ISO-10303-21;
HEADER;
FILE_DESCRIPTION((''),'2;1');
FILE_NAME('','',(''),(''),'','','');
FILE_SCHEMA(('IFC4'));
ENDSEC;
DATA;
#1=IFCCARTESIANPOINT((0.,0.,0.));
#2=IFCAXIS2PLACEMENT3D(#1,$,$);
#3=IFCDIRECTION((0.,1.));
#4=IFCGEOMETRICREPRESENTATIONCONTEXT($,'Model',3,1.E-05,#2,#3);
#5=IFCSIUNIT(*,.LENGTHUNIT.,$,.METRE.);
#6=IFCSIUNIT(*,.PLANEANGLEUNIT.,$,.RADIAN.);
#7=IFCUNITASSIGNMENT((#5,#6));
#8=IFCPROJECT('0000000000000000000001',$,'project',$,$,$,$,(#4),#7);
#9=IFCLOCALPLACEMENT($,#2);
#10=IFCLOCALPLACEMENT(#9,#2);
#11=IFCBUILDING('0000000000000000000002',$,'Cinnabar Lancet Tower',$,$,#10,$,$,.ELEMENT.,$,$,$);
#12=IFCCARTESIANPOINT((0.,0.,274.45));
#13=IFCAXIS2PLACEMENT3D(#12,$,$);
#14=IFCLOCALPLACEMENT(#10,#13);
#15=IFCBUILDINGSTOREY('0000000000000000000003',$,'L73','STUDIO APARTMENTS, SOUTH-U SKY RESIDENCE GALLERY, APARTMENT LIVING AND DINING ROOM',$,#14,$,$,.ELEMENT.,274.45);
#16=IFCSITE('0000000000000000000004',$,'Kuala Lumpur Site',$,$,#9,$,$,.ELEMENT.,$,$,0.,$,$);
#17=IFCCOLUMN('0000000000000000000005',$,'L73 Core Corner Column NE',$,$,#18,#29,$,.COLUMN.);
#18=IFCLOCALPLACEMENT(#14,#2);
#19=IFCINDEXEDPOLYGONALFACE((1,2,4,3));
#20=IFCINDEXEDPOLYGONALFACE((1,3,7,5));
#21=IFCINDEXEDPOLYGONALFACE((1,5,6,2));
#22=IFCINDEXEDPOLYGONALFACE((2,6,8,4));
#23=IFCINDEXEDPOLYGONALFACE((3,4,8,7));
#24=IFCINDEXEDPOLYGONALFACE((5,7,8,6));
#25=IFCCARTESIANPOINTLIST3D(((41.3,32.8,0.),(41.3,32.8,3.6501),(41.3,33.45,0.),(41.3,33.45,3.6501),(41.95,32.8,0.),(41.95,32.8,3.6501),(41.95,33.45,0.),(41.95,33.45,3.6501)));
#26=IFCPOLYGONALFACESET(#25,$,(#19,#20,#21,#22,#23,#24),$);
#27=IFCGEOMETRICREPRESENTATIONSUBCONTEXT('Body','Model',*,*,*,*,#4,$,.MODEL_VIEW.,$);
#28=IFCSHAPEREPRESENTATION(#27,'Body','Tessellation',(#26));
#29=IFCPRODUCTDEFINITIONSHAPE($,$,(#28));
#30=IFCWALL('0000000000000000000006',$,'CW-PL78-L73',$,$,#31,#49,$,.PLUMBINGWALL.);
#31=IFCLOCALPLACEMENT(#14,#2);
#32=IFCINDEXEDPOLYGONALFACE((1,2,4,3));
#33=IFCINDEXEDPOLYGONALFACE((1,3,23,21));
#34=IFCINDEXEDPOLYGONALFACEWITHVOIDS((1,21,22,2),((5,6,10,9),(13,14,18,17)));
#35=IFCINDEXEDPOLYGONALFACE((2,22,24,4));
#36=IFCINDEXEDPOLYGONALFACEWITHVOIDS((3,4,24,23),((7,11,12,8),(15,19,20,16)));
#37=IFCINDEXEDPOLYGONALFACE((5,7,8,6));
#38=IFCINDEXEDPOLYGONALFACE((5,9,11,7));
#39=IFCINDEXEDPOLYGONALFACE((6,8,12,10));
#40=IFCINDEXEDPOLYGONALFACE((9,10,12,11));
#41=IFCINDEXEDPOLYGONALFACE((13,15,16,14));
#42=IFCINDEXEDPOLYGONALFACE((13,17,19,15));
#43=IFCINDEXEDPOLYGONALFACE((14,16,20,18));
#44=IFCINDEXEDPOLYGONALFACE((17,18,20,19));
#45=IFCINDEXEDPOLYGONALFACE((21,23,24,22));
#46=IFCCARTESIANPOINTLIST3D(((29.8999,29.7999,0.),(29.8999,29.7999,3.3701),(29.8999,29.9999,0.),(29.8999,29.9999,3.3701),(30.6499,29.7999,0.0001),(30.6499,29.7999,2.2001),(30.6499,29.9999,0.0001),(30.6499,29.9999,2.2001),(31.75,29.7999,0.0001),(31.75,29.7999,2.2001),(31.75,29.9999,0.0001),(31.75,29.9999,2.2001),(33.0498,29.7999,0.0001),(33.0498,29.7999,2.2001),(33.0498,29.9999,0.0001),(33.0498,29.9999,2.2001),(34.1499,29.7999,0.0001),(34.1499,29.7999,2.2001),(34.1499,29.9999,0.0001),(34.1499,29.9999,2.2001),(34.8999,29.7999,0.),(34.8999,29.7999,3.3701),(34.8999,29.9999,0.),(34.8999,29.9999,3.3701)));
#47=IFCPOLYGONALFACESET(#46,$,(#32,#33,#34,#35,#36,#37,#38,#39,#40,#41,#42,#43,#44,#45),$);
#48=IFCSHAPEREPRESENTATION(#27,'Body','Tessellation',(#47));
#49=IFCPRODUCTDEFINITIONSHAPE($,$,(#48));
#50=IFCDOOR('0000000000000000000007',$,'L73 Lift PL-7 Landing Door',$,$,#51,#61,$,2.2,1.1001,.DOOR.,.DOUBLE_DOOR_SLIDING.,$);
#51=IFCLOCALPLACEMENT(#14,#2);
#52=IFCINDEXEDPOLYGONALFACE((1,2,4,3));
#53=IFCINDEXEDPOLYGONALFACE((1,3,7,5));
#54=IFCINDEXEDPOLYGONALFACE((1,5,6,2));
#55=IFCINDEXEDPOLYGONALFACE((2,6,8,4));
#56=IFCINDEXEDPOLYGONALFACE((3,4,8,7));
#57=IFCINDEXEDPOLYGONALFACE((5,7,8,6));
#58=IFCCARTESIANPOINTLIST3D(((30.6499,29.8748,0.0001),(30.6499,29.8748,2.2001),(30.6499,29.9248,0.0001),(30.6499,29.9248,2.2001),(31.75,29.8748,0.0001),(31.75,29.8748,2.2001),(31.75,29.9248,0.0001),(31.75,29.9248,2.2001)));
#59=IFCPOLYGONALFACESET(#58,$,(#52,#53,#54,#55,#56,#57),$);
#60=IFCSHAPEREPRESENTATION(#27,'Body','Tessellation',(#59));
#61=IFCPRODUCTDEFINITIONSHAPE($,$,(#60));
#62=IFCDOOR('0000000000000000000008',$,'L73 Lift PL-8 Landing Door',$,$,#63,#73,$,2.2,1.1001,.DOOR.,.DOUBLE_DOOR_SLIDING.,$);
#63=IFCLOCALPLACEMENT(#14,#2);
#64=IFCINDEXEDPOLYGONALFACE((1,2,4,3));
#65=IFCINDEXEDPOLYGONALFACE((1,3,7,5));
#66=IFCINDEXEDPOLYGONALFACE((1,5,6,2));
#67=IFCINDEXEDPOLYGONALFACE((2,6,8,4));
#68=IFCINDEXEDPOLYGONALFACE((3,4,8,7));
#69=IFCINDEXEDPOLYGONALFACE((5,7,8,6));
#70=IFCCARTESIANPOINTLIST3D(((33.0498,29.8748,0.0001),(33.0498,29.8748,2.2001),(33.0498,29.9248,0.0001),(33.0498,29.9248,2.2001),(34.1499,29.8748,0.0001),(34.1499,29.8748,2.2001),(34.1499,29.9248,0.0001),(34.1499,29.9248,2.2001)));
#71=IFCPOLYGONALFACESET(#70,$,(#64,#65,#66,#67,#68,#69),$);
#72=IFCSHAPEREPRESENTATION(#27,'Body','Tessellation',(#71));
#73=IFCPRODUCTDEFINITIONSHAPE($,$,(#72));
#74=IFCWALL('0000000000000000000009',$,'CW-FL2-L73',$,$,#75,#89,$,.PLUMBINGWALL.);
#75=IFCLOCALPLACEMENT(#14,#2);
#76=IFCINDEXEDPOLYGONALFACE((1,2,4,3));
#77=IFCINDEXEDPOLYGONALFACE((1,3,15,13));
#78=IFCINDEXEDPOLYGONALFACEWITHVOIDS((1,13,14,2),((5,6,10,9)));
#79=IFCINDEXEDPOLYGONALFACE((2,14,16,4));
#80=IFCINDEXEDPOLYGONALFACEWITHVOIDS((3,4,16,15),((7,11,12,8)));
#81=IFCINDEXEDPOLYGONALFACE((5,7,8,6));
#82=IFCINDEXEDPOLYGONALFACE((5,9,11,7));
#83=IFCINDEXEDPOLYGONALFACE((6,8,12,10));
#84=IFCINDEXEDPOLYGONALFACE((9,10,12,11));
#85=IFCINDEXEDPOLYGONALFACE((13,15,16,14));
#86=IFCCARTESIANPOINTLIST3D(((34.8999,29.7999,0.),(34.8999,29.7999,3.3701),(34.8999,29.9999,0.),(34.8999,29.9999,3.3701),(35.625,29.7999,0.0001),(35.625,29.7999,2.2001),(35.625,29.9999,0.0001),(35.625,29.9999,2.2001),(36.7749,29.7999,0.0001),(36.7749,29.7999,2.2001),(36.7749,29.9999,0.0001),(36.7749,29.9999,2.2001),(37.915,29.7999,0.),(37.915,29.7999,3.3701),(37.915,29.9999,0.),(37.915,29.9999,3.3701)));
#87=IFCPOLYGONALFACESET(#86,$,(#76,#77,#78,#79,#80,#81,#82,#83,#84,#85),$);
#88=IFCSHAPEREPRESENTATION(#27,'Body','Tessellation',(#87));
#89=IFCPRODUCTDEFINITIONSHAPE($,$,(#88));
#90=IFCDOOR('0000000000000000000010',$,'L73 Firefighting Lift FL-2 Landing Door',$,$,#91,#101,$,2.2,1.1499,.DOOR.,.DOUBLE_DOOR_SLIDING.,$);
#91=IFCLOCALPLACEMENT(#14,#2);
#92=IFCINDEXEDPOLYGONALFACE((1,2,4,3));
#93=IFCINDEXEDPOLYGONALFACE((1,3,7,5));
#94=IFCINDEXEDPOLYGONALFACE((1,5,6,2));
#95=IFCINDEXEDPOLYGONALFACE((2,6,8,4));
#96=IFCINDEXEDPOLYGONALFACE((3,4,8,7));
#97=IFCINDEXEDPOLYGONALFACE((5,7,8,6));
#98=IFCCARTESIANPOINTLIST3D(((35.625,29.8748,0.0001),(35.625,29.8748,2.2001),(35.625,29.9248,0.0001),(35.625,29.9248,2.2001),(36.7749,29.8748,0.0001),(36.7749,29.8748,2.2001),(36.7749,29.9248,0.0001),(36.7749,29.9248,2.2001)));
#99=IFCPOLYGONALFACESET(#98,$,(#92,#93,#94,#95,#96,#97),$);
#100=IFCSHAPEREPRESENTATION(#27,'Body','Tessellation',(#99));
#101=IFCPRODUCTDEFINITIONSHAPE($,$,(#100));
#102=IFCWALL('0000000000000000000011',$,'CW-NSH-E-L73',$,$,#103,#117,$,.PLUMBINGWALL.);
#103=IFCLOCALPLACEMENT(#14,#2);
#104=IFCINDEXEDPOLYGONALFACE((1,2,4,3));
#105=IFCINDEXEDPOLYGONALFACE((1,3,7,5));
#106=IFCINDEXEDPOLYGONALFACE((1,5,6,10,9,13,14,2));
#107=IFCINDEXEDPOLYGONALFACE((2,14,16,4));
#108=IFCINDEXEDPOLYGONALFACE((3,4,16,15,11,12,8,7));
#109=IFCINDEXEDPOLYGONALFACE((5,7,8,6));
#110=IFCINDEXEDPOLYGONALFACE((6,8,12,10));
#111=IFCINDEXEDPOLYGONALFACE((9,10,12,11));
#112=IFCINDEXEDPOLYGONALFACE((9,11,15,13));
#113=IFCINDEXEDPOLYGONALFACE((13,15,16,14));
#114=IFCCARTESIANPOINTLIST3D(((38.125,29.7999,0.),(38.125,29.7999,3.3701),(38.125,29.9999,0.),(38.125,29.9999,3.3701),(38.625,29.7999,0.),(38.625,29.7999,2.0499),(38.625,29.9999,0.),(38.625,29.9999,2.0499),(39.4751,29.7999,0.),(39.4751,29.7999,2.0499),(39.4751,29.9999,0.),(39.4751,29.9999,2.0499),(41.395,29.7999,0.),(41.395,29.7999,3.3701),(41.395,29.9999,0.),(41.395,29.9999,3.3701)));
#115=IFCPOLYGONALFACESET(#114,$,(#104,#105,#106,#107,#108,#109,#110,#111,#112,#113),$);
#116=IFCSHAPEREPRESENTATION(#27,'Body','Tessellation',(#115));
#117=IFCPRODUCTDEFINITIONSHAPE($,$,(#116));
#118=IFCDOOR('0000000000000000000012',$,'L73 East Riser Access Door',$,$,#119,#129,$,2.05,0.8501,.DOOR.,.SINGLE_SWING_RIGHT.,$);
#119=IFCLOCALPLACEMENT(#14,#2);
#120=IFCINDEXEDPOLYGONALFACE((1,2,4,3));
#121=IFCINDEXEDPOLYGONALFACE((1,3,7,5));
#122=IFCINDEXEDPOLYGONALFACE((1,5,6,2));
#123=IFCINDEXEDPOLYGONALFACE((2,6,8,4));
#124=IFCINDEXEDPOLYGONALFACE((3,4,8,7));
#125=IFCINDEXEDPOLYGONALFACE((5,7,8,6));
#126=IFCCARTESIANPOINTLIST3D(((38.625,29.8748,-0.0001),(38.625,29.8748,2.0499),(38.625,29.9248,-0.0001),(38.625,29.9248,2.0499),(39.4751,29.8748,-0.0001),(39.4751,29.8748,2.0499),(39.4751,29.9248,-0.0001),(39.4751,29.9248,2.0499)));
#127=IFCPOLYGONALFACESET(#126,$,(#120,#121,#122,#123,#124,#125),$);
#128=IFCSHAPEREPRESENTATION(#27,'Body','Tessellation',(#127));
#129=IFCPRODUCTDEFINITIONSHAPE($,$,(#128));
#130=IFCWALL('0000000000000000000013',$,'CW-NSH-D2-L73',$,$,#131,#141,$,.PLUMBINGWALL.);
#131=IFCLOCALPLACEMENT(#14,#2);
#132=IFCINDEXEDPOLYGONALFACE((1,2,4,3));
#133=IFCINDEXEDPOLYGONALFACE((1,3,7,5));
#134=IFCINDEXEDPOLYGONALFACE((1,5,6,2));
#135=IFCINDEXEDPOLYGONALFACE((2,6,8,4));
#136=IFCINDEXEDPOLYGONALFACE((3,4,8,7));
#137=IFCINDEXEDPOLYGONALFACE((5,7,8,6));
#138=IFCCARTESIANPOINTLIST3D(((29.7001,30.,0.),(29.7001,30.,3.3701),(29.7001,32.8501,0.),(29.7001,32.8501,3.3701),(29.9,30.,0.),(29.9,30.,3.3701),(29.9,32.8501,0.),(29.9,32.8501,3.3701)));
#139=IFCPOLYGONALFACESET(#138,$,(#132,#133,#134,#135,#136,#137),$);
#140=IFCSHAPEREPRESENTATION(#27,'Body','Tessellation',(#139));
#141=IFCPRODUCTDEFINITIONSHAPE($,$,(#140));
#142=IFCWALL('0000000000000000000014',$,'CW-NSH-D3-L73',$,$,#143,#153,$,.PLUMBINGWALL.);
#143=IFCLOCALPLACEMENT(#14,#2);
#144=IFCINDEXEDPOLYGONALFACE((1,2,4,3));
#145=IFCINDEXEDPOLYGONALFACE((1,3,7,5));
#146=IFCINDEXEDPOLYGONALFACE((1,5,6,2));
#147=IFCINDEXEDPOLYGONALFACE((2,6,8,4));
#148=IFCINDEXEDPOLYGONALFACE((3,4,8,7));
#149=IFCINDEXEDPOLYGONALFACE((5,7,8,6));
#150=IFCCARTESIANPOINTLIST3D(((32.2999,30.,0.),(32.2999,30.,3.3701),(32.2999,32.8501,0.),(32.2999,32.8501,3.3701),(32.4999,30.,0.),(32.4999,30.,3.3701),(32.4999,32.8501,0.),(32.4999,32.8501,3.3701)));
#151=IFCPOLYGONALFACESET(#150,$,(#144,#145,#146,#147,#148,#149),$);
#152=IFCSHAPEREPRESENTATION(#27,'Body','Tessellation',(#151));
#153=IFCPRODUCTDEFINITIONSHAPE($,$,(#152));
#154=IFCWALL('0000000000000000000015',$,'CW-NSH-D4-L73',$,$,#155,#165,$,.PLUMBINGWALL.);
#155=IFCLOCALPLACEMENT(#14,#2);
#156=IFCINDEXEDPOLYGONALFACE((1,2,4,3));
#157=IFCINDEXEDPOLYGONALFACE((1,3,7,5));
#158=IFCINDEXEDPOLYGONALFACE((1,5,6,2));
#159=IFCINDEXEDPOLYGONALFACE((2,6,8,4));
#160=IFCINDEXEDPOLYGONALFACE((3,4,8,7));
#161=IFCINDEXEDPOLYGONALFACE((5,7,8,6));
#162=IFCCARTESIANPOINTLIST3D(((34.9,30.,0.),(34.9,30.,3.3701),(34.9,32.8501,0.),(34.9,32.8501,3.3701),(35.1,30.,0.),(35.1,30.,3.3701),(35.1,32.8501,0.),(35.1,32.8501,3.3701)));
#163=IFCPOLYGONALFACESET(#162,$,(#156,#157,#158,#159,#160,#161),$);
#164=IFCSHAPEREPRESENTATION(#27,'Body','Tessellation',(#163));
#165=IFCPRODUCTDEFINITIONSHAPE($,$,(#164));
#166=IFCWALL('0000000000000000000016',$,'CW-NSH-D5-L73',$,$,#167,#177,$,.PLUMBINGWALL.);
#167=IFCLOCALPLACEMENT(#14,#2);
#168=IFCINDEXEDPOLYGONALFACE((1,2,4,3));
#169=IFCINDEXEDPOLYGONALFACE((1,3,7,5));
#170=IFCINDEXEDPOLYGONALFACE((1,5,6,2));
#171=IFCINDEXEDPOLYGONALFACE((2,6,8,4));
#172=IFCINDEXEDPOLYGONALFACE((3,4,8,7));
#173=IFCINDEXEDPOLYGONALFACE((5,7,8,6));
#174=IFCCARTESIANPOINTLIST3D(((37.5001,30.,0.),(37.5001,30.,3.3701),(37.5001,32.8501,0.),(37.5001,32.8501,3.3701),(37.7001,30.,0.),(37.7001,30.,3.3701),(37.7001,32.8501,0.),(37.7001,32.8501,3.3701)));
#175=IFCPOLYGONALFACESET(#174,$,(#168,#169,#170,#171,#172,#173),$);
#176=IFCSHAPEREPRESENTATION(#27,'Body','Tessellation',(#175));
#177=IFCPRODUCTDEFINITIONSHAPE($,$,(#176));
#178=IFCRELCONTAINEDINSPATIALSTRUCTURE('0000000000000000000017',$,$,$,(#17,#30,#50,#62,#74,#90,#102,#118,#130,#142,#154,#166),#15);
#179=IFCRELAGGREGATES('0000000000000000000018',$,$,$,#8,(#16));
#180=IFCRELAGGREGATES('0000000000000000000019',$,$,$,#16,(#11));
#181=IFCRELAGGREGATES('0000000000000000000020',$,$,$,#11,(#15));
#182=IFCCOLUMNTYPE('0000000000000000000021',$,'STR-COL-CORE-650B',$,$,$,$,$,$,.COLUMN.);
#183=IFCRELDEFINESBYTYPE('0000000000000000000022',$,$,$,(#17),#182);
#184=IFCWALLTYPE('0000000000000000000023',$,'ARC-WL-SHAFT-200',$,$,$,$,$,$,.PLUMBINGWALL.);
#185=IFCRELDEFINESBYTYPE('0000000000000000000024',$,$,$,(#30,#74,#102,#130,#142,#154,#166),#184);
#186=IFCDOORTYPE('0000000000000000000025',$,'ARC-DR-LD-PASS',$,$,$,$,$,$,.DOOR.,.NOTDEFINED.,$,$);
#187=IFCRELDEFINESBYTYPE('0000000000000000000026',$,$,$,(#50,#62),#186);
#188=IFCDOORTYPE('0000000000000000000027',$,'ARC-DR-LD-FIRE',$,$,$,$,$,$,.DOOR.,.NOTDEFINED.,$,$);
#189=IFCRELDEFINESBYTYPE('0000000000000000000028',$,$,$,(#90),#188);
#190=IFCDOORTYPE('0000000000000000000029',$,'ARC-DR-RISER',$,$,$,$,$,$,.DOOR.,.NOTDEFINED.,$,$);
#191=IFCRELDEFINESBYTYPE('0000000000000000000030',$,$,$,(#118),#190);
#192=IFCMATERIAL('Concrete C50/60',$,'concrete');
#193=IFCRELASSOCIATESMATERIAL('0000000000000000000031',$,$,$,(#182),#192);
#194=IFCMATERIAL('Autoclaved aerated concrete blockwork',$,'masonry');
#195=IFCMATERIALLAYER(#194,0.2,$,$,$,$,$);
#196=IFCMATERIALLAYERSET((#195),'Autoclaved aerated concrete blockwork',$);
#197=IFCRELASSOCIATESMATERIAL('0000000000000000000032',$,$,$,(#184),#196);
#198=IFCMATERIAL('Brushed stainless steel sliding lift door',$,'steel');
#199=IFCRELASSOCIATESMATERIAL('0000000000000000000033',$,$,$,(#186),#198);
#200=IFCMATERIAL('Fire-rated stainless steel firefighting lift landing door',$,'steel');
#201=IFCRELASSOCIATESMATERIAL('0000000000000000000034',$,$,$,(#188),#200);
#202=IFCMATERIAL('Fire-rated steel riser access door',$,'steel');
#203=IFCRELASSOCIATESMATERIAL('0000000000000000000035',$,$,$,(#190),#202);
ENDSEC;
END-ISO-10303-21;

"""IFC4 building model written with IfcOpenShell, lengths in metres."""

from ifc_helpers import new_model, si_unit, direction, frame, frame_2d, origin, origin_2d, place, context, subcontext, project, spatial, rectangle, extrude, material, layer, layer_set, material_profile, profile_set, type_object, element, fill, save


model = new_model("IFC4")

# Units and contexts
model_context = context("Model", 3, precision=1e-05, world=origin(), true_north=direction((0.0, 1.0)))
body_context = subcontext(model_context, "Body", "Model", "MODEL_VIEW")
ifc_project = project(units=[si_unit("LENGTHUNIT", "METRE"), si_unit("PLANEANGLEUNIT", "RADIAN")], contexts=[model_context])

# Site, building, storey
site_placement = place(None, origin())
site = spatial("IfcSite", under=ifc_project, at=site_placement, Name="Kuala Lumpur Site", CompositionType="ELEMENT", RefElevation=0.0)
building_placement = place(site_placement, origin())
building = spatial("IfcBuilding", under=site, at=building_placement, Name="Cinnabar Lancet Tower", CompositionType="ELEMENT")
storey_placement = place(building_placement, frame((0.0, 0.0, 274.45)))
storey = spatial("IfcBuildingStorey", under=building, at=storey_placement, Name="L73", Description="STUDIO APARTMENTS, SOUTH-U SKY RESIDENCE GALLERY, APARTMENT LIVING AND DINING ROOM", CompositionType="ELEMENT", Elevation=274.45)

# Column
ifc_material_1 = material(Name="Concrete C50/60", Category="concrete")
ifc_material_profile = material_profile(ifc_material_1, rectangle(XDim=0.6499, YDim=0.6499, at=origin_2d()), Name="RC-COL 650x650")
ifc_profile_set = profile_set([ifc_material_profile], Name="Concrete C50/60")
column_type = type_object("IfcColumnType", Name="STR-COL-CORE-650B", PredefinedType="COLUMN", material=ifc_profile_set)
column_placement = place(storey_placement, frame((41.625, 33.125, 0.0), z_axis=(0.0, 0.0, 1.0), x_axis=(1.0, 0.0, 0.0)))
element("IfcColumn", 1, at=column_placement, inside=storey, type_object=column_type, Name="L73 Core Corner Column NE", PredefinedType="COLUMN", context=body_context, shape_type="SweptSolid", body=[
    extrude(rectangle(XDim=0.6499, YDim=0.6499, at=origin_2d()), origin(), (0.0, 0.0, 1.0), 3.6501),
])

# Wall, openings, doors
ifc_material_2 = material(Name="Autoclaved aerated concrete blockwork", Category="masonry")
ifc_layer = layer(ifc_material_2, 0.2)
ifc_layer_set = layer_set([ifc_layer], Name="Autoclaved aerated concrete blockwork")
wall_type = type_object("IfcWallType", Name="ARC-WL-SHAFT-200", PredefinedType="PLUMBINGWALL", material=ifc_layer_set)
wall_1_placement = place(storey_placement, frame((29.8999, 29.8999, 0.0), z_axis=(0.0, 0.0, 1.0), x_axis=(1.0, 0.0, 0.0)))
wall_1 = element("IfcWall", 2, at=wall_1_placement, inside=storey, type_object=wall_type, Name="CW-PL78-L73", PredefinedType="PLUMBINGWALL", context=body_context, shape_type="SweptSolid", body=[
    extrude(rectangle(XDim=5.0, YDim=0.2, at=frame_2d((2.5, 0.0))), origin(), (0.0, 0.0, 1.0), 3.3701),
])
opening_1_placement = place(wall_1_placement, frame((0.75, 0.0, 0.0)))
opening_1 = element("IfcOpeningElement", 3, at=opening_1_placement, cuts=wall_1, PredefinedType="OPENING", context=body_context, shape_type="SweptSolid", body=[
    extrude(rectangle(XDim=1.1001, YDim=2.2, at=frame_2d((0.55, 1.1001))), frame((0.0, 0.1099, 0.0), z_axis=(0.0, -1.0, 0.0), x_axis=(1.0, 0.0, 0.0)), (0.0, 0.0, 1.0), 0.22),
])
opening_2_placement = place(wall_1_placement, frame((3.1499, 0.0, 0.0)))
opening_2 = element("IfcOpeningElement", 4, at=opening_2_placement, cuts=wall_1, PredefinedType="OPENING", context=body_context, shape_type="SweptSolid", body=[
    extrude(rectangle(XDim=1.1001, YDim=2.2, at=frame_2d((0.55, 1.1001))), frame((0.0, 0.1099, 0.0), z_axis=(0.0, -1.0, 0.0), x_axis=(1.0, 0.0, 0.0)), (0.0, 0.0, 1.0), 0.22),
])
ifc_material_3 = material(Name="Brushed stainless steel sliding lift door", Category="steel")
door_type_1 = type_object("IfcDoorType", Name="ARC-DR-LD-PASS", OperationType="NOTDEFINED", PredefinedType="DOOR", material=ifc_material_3)
door_1_placement = place(opening_1_placement, origin())
door_1 = element("IfcDoor", 5, at=door_1_placement, inside=storey, type_object=door_type_1, Name="L73 Lift PL-7 Landing Door", OperationType="DOUBLE_DOOR_SLIDING", OverallHeight=2.2, OverallWidth=1.1001, PredefinedType="DOOR", context=body_context, shape_type="SweptSolid", body=[
    extrude(rectangle(XDim=1.1001, YDim=2.2, at=frame_2d((0.55, 1.1001))), frame((0.0, 0.0249, 0.0), z_axis=(0.0, -1.0, 0.0), x_axis=(1.0, 0.0, 0.0)), (0.0, 0.0, 1.0), 0.05),
])
fill(opening_1, door_1)
door_2_placement = place(opening_2_placement, origin())
door_2 = element("IfcDoor", 6, at=door_2_placement, inside=storey, type_object=door_type_1, Name="L73 Lift PL-8 Landing Door", OperationType="DOUBLE_DOOR_SLIDING", OverallHeight=2.2, OverallWidth=1.1001, PredefinedType="DOOR", context=body_context, shape_type="SweptSolid", body=[
    extrude(rectangle(XDim=1.1001, YDim=2.2, at=frame_2d((0.55, 1.1001))), frame((0.0, 0.0249, 0.0), z_axis=(0.0, -1.0, 0.0), x_axis=(1.0, 0.0, 0.0)), (0.0, 0.0, 1.0), 0.05),
])
fill(opening_2, door_2)

# Walls, openings, doors
wall_2_placement = place(storey_placement, frame((34.8999, 29.8999, 0.0), z_axis=(0.0, 0.0, 1.0), x_axis=(1.0, 0.0, 0.0)))
wall_2 = element("IfcWall", 7, at=wall_2_placement, inside=storey, type_object=wall_type, Name="CW-FL2-L73", PredefinedType="PLUMBINGWALL", context=body_context, shape_type="SweptSolid", body=[
    extrude(rectangle(XDim=3.0151, YDim=0.2, at=frame_2d((1.5076, 0.0))), origin(), (0.0, 0.0, 1.0), 3.3701),
])
opening_3_placement = place(wall_2_placement, frame((0.7251, 0.0, 0.0)))
opening_3 = element("IfcOpeningElement", 8, at=opening_3_placement, cuts=wall_2, PredefinedType="OPENING", context=body_context, shape_type="SweptSolid", body=[
    extrude(rectangle(XDim=1.1499, YDim=2.2, at=frame_2d((0.575, 1.1001))), frame((0.0, 0.1099, 0.0), z_axis=(0.0, -1.0, 0.0), x_axis=(1.0, 0.0, 0.0)), (0.0, 0.0, 1.0), 0.22),
])
ifc_material_4 = material(Name="Fire-rated stainless steel firefighting lift landing door", Category="steel")
door_type_2 = type_object("IfcDoorType", Name="ARC-DR-LD-FIRE", OperationType="NOTDEFINED", PredefinedType="DOOR", material=ifc_material_4)
door_3_placement = place(opening_3_placement, origin())
door_3 = element("IfcDoor", 9, at=door_3_placement, inside=storey, type_object=door_type_2, Name="L73 Firefighting Lift FL-2 Landing Door", OperationType="DOUBLE_DOOR_SLIDING", OverallHeight=2.2, OverallWidth=1.1499, PredefinedType="DOOR", context=body_context, shape_type="SweptSolid", body=[
    extrude(rectangle(XDim=1.1499, YDim=2.2, at=frame_2d((0.575, 1.1001))), frame((0.0, 0.0249, 0.0), z_axis=(0.0, -1.0, 0.0), x_axis=(1.0, 0.0, 0.0)), (0.0, 0.0, 1.0), 0.05),
])
fill(opening_3, door_3)
wall_3_placement = place(storey_placement, frame((38.125, 29.8999, 0.0), z_axis=(0.0, 0.0, 1.0), x_axis=(1.0, 0.0, 0.0)))
wall_3 = element("IfcWall", 10, at=wall_3_placement, inside=storey, type_object=wall_type, Name="CW-NSH-E-L73", PredefinedType="PLUMBINGWALL", context=body_context, shape_type="SweptSolid", body=[
    extrude(rectangle(XDim=3.27, YDim=0.2, at=frame_2d((1.635, 0.0))), origin(), (0.0, 0.0, 1.0), 3.3701),
])
opening_4_placement = place(wall_3_placement, frame((0.5, 0.0, 0.0)))
opening_4 = element("IfcOpeningElement", 11, at=opening_4_placement, cuts=wall_3, PredefinedType="OPENING", context=body_context, shape_type="SweptSolid", body=[
    extrude(rectangle(XDim=0.8501, YDim=2.05, at=frame_2d((0.425, 1.0249))), frame((0.0, 0.1099, 0.0), z_axis=(0.0, -1.0, 0.0), x_axis=(1.0, 0.0, 0.0)), (0.0, 0.0, 1.0), 0.22),
])
ifc_material_5 = material(Name="Fire-rated steel riser access door", Category="steel")
door_type_3 = type_object("IfcDoorType", Name="ARC-DR-RISER", OperationType="NOTDEFINED", PredefinedType="DOOR", material=ifc_material_5)
door_4_placement = place(opening_4_placement, origin())
door_4 = element("IfcDoor", 12, at=door_4_placement, inside=storey, type_object=door_type_3, Name="L73 East Riser Access Door", OperationType="SINGLE_SWING_RIGHT", OverallHeight=2.05, OverallWidth=0.8501, PredefinedType="DOOR", context=body_context, shape_type="SweptSolid", body=[
    extrude(rectangle(XDim=0.8501, YDim=2.05, at=frame_2d((0.425, 1.0249))), frame((0.0, 0.0249, 0.0), z_axis=(0.0, -1.0, 0.0), x_axis=(1.0, 0.0, 0.0)), (0.0, 0.0, 1.0), 0.05),
])
fill(opening_4, door_4)

# Walls
for number, where, z_axis, x_axis, name in (
    (13, (29.8, 30.0, 0.0), (0.0, 0.0, 1.0), (0.0, 1.0, 0.0), "CW-NSH-D2-L73"),
    (14, (32.3999, 30.0, 0.0), (0.0, 0.0, 1.0), (0.0, 1.0, 0.0), "CW-NSH-D3-L73"),
    (15, (35.0, 30.0, 0.0), (0.0, 0.0, 1.0), (0.0, 1.0, 0.0), "CW-NSH-D4-L73"),
    (16, (37.6001, 30.0, 0.0), (0.0, 0.0, 1.0), (0.0, 1.0, 0.0), "CW-NSH-D5-L73"),
):
    element("IfcWall", number, at=place(storey_placement, frame(where, z_axis=z_axis, x_axis=x_axis)), inside=storey, type_object=wall_type, Name=name, PredefinedType="PLUMBINGWALL", context=body_context, shape_type="SweptSolid", body=[
        extrude(rectangle(XDim=2.8501, YDim=0.2, at=frame_2d((1.425, 0.0))), origin(), (0.0, 0.0, 1.0), 3.3701),
    ])

save(model, "model.ifc")
